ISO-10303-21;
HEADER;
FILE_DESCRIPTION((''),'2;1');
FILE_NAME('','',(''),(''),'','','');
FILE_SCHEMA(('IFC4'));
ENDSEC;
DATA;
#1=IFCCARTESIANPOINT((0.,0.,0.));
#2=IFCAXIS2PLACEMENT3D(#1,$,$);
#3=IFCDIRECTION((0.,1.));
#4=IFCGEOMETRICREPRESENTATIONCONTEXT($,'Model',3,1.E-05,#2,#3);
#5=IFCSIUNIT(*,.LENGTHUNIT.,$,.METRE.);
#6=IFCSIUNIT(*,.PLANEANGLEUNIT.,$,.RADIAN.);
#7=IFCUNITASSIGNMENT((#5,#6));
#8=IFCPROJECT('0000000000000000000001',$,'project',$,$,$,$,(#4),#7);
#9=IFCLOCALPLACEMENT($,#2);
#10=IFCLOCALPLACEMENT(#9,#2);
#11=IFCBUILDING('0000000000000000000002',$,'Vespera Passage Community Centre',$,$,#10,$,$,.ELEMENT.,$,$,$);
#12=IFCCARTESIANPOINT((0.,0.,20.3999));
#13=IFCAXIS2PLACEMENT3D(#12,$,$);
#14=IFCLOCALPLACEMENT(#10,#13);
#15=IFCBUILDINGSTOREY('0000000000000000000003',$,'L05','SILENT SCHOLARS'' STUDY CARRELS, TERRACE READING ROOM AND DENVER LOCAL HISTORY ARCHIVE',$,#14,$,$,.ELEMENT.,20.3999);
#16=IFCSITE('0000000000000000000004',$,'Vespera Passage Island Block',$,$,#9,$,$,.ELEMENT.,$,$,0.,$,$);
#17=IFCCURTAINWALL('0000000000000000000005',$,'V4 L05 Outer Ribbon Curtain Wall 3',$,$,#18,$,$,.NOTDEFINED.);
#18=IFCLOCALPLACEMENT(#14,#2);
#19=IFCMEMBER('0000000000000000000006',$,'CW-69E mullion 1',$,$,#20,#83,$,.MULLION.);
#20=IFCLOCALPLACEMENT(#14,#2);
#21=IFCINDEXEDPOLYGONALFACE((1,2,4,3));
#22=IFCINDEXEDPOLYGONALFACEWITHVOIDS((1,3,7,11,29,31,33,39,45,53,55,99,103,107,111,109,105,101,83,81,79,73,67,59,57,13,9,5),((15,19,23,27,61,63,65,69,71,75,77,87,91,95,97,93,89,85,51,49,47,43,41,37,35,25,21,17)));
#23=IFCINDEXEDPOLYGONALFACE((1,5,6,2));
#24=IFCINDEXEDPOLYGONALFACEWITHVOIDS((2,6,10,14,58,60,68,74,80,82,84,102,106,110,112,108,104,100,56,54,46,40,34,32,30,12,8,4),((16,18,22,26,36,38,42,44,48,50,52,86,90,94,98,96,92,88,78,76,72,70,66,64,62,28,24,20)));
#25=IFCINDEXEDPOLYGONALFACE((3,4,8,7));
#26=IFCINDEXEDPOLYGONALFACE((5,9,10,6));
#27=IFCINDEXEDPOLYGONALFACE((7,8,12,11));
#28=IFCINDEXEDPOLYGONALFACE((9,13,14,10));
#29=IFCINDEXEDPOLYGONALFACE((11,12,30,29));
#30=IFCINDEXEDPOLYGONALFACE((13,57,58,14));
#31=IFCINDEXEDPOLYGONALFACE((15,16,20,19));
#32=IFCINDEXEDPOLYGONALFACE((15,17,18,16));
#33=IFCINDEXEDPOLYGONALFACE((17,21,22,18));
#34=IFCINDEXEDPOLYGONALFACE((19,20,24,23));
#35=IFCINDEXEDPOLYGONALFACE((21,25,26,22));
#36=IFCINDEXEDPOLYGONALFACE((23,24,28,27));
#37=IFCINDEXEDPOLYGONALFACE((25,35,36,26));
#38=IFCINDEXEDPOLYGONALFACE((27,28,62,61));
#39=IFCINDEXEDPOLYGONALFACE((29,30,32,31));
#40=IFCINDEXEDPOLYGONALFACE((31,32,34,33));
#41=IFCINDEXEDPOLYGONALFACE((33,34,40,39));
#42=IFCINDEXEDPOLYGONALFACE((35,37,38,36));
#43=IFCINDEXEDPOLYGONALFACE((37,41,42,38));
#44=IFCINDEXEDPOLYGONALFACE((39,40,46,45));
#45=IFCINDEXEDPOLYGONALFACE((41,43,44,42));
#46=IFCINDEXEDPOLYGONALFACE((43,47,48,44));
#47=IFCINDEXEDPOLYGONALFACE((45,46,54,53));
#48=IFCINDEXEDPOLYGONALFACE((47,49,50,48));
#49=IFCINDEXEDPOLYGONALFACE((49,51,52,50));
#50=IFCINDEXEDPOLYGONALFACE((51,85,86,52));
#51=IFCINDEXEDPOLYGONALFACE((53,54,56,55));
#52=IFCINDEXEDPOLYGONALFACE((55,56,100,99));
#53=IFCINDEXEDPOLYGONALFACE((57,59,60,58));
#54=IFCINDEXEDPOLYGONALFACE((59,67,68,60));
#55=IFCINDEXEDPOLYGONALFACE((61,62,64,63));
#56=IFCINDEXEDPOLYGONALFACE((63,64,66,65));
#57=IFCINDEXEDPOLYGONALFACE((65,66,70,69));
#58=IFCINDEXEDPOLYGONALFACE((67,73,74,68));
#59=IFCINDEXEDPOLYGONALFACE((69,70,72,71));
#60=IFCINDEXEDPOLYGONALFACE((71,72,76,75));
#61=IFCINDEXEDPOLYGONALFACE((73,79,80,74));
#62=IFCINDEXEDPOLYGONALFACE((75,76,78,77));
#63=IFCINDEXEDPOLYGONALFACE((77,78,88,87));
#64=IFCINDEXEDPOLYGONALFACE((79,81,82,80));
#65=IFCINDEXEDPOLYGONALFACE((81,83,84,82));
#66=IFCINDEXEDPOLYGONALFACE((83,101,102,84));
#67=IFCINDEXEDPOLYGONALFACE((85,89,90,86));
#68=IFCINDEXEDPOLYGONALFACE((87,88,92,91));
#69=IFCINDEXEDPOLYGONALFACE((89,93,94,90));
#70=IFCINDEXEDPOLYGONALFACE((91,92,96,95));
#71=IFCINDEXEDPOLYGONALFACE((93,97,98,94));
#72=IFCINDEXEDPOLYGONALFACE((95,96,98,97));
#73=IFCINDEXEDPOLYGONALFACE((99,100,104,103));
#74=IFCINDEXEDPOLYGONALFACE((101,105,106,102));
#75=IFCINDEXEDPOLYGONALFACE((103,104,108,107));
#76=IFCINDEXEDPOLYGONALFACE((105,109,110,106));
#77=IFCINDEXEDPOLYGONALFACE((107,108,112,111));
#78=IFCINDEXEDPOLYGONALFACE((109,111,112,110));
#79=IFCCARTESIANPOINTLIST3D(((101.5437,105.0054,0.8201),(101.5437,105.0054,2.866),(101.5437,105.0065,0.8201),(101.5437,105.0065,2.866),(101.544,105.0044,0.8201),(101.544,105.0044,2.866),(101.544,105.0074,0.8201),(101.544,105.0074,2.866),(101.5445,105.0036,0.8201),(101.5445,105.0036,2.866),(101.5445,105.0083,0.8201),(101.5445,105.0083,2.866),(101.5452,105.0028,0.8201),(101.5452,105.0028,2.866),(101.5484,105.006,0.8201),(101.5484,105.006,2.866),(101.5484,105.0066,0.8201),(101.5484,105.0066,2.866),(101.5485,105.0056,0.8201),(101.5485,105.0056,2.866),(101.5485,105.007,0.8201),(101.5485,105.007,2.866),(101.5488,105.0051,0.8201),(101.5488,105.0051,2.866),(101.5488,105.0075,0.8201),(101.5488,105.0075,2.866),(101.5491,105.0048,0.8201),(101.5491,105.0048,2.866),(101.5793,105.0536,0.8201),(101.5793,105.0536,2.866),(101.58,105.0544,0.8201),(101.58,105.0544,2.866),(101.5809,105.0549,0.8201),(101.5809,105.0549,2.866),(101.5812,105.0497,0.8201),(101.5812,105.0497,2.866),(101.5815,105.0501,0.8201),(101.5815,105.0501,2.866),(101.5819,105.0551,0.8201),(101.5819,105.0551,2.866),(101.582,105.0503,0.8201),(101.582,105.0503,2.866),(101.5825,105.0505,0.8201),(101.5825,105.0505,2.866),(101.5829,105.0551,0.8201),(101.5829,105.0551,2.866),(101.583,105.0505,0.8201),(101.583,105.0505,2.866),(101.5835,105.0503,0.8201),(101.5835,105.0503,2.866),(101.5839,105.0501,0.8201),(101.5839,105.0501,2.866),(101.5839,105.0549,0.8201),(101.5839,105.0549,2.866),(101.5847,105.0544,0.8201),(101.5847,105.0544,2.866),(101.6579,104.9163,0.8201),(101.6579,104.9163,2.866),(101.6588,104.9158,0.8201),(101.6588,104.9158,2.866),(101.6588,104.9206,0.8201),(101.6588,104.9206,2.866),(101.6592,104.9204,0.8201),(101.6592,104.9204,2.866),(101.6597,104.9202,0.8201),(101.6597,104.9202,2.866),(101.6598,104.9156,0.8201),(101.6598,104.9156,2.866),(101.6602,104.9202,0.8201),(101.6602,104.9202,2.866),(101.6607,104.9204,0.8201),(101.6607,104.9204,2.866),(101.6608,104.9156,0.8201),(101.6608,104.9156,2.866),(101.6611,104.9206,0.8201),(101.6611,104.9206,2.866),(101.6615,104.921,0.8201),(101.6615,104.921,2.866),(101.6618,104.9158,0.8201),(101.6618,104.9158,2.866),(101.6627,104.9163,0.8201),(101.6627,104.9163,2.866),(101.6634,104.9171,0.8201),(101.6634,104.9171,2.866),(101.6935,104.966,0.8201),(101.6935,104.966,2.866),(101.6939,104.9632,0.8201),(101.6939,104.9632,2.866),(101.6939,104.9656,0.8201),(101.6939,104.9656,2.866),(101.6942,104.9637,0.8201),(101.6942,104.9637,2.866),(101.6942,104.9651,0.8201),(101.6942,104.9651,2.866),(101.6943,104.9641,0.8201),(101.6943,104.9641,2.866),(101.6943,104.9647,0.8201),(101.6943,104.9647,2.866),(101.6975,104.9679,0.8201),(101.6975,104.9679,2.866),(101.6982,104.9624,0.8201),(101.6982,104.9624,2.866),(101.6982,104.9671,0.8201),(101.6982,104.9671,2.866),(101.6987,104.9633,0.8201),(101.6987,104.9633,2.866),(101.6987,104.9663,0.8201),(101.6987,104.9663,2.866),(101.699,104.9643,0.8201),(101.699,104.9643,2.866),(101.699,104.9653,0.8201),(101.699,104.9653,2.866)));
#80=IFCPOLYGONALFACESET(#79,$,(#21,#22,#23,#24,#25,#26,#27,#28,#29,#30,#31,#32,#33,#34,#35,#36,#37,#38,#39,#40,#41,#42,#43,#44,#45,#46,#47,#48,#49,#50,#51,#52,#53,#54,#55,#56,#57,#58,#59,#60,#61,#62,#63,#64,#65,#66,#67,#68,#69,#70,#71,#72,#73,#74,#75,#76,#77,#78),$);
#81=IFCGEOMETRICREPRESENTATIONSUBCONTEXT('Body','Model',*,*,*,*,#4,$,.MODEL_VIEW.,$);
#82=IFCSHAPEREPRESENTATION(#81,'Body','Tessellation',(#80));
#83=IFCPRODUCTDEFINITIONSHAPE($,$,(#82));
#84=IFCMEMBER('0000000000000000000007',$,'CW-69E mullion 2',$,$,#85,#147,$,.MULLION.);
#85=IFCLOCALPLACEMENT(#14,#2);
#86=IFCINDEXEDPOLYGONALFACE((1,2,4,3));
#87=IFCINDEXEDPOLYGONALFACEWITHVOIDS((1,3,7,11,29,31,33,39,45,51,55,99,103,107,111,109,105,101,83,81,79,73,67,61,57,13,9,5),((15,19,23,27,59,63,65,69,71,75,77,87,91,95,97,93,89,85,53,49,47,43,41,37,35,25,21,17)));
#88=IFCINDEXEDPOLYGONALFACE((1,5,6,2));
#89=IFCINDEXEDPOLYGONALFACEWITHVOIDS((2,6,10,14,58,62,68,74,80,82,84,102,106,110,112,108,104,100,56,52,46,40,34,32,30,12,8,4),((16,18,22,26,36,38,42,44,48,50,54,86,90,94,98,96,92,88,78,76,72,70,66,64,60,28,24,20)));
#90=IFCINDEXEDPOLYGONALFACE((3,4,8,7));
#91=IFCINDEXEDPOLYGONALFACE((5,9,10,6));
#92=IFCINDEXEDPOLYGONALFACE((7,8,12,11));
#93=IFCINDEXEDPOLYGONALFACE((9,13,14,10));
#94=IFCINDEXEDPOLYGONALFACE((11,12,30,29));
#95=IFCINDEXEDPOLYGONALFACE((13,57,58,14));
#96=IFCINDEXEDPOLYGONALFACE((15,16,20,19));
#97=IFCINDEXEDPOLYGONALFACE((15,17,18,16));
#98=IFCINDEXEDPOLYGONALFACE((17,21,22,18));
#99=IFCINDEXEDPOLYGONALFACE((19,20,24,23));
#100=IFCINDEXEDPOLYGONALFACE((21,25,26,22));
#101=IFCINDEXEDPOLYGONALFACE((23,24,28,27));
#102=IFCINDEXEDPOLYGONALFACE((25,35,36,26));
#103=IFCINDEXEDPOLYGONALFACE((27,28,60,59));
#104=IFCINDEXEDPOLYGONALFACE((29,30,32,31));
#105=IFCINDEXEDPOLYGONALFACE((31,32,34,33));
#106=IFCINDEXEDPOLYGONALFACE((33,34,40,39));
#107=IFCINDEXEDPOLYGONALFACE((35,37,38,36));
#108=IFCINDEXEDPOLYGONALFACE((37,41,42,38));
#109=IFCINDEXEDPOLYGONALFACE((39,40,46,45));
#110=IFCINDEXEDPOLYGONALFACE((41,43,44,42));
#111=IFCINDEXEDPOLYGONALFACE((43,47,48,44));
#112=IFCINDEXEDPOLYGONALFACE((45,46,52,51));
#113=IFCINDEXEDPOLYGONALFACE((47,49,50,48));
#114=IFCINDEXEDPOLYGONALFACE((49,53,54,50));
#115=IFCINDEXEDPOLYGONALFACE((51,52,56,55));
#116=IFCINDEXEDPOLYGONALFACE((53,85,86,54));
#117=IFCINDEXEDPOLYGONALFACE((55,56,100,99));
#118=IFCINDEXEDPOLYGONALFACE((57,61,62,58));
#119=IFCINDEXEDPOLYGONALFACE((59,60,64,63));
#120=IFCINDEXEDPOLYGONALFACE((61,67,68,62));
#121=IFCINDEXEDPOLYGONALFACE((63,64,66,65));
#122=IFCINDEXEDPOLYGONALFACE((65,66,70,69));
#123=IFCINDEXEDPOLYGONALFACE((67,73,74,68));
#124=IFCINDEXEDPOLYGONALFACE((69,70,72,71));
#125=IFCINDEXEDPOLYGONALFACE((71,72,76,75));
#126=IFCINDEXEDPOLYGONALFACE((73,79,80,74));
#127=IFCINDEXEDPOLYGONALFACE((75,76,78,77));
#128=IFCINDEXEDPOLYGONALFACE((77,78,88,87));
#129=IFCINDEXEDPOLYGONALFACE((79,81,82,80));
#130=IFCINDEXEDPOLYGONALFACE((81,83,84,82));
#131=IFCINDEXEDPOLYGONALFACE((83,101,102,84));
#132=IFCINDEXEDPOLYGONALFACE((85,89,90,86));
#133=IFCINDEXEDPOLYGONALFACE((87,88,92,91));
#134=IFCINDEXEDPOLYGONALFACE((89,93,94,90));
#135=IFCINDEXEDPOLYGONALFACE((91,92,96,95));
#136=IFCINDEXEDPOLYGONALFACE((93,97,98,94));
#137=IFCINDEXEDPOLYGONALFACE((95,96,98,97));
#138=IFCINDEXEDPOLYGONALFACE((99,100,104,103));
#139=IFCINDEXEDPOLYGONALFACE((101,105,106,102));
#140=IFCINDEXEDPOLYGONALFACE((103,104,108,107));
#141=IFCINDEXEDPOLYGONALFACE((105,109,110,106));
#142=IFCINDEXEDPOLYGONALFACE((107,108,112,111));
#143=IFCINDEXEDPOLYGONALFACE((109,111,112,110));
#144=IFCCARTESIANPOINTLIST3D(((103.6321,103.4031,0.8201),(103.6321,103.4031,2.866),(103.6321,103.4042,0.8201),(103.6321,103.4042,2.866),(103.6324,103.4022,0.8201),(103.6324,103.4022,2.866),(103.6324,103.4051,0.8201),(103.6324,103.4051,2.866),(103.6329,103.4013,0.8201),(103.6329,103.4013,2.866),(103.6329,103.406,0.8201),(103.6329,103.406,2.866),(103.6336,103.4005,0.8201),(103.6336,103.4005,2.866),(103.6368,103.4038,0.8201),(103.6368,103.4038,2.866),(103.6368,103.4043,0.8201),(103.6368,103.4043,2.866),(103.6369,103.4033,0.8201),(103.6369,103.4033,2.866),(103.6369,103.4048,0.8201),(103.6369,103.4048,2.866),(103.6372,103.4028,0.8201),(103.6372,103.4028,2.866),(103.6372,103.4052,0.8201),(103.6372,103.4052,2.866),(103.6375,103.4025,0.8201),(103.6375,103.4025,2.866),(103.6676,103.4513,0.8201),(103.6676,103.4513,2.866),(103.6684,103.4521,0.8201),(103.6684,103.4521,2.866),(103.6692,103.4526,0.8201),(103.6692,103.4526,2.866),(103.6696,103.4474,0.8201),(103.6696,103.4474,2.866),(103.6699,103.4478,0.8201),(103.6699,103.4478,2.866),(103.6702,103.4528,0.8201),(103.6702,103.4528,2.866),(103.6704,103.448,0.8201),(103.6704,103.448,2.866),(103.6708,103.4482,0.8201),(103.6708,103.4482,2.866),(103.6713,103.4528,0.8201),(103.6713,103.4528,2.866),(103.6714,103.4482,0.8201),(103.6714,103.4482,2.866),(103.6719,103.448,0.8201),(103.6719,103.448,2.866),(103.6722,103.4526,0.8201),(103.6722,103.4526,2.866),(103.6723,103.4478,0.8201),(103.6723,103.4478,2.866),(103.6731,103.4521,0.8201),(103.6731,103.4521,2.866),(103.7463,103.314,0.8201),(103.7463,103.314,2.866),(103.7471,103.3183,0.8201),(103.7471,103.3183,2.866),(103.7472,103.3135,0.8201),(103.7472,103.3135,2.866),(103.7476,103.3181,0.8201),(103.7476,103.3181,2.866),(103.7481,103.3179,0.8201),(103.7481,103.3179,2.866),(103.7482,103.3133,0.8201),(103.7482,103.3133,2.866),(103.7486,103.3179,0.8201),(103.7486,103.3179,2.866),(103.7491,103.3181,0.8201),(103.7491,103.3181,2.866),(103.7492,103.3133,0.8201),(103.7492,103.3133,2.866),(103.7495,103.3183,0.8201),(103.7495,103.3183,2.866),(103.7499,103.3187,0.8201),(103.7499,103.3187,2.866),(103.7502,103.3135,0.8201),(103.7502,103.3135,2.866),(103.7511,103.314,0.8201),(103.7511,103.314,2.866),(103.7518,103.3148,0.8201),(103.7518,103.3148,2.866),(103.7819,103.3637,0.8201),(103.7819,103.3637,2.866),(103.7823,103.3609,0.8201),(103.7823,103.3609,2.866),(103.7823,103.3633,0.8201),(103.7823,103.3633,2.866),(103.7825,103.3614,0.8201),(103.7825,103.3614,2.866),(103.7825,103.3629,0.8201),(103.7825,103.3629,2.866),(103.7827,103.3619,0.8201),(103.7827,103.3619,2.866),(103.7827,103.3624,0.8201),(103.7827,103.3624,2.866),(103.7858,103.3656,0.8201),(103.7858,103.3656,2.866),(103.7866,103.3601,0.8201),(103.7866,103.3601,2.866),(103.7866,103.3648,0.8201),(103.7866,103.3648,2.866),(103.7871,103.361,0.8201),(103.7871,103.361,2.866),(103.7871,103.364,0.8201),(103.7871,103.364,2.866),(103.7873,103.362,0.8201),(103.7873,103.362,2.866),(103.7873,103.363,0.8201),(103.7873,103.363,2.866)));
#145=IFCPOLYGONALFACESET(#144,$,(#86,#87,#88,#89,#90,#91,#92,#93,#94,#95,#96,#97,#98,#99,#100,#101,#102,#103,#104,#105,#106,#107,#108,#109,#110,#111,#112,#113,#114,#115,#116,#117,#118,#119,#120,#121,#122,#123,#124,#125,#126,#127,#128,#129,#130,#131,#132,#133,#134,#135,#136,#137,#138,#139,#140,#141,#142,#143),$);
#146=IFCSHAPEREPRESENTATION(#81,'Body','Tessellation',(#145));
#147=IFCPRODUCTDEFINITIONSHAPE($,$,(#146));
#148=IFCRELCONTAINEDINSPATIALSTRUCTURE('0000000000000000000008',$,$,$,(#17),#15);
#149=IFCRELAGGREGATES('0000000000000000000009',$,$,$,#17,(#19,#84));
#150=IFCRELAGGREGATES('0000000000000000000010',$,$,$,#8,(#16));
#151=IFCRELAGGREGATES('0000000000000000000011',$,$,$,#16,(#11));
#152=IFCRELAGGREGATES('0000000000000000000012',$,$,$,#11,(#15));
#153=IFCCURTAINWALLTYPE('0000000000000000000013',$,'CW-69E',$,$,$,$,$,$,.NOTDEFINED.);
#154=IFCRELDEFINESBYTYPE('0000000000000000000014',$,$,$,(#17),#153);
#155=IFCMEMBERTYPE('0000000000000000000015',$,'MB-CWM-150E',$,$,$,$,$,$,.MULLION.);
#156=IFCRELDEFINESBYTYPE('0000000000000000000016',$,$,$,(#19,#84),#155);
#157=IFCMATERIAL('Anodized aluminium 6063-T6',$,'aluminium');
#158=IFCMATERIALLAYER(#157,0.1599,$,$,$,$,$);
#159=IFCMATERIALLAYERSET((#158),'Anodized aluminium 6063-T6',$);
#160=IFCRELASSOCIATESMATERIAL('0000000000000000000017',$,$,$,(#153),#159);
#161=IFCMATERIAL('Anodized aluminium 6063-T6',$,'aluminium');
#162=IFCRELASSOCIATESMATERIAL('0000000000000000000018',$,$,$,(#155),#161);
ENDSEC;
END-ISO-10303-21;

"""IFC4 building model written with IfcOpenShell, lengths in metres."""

from ifc_helpers import new_model, si_unit, direction, frame, origin, origin_2d, place, context, subcontext, project, spatial, hollow_rectangle, extrude, material, layer, layer_set, material_profile, profile_set, type_object, element, aggregate, save


model = new_model("IFC4")

# Units and contexts
model_context = context("Model", 3, precision=1e-05, world=origin(), true_north=direction((0.0, 1.0)))
body_context = subcontext(model_context, "Body", "Model", "MODEL_VIEW")
ifc_project = project(units=[si_unit("LENGTHUNIT", "METRE"), si_unit("PLANEANGLEUNIT", "RADIAN")], contexts=[model_context])

# Site, building, storey
site_placement = place(None, origin())
site = spatial("IfcSite", under=ifc_project, at=site_placement, Name="Vespera Passage Island Block", CompositionType="ELEMENT", RefElevation=0.0)
building_placement = place(site_placement, origin())
building = spatial("IfcBuilding", under=site, at=building_placement, Name="Vespera Passage Community Centre", CompositionType="ELEMENT")
storey_placement = place(building_placement, frame((0.0, 0.0, 20.3999)))
storey = spatial("IfcBuildingStorey", under=building, at=storey_placement, Name="L05", Description="SILENT SCHOLARS' STUDY CARRELS, TERRACE READING ROOM AND DENVER LOCAL HISTORY ARCHIVE", CompositionType="ELEMENT", Elevation=20.3999)

# Curtain wall, members
ifc_material_1 = material(Name="Anodized aluminium 6063-T6", Category="aluminium")
ifc_layer_1 = layer(ifc_material_1, 0.1599)
ifc_layer_set_1 = layer_set([ifc_layer_1], Name="Anodized aluminium 6063-T6")
curtain_wall_type = type_object("IfcCurtainWallType", Name="CW-69E", PredefinedType="NOTDEFINED", material=ifc_layer_set_1)
curtain_wall_placement = place(storey_placement, origin())
curtain_wall = element("IfcCurtainWall", 1, at=curtain_wall_placement, inside=storey, type_object=curtain_wall_type, Name="V4 L05 Outer Ribbon Curtain Wall 3", PredefinedType="NOTDEFINED")
ifc_material_2 = material(Name="Anodized aluminium 6063-T6", Category="aluminium")
ifc_material_profile_1 = material_profile(ifc_material_2, hollow_rectangle(XDim=0.0649, YDim=0.1499, WallThickness=0.0039, InnerFilletRadius=0.002, OuterFilletRadius=0.0039, at=origin_2d()), Name="ALU150X65X4")
ifc_profile_set_1 = profile_set([ifc_material_profile_1], Name="Anodized aluminium 6063-T6")
member_type_1 = type_object("IfcMemberType", Name="MB-CWM-150E", PredefinedType="MULLION", material=ifc_profile_set_1)
member_1_placement = place(storey_placement, frame((101.6213, 104.9854, 0.8201), z_axis=(0.0, 0.0, 1.0), x_axis=(0.608772, 0.793345, 0.0)))
member_1 = element("IfcMember", 2, at=member_1_placement, type_object=member_type_1, Name="CW-69E mullion 1", PredefinedType="MULLION", context=body_context, shape_type="SweptSolid", body=[
    extrude(hollow_rectangle(XDim=0.0649, YDim=0.1499, WallThickness=0.0039, InnerFilletRadius=0.002, OuterFilletRadius=0.0039, at=origin_2d()), origin(), (0.0, 0.0, 1.0), 2.0459),
])
member_2_placement = place(storey_placement, frame((103.7097, 103.3831, 0.8201), z_axis=(0.0, 0.0, 1.0), x_axis=(0.608772, 0.793345, 0.0)))
member_2 = element("IfcMember", 3, at=member_2_placement, type_object=member_type_1, Name="CW-69E mullion 2", PredefinedType="MULLION", context=body_context, shape_type="SweptSolid", body=[
    extrude(hollow_rectangle(XDim=0.0649, YDim=0.1499, WallThickness=0.0039, InnerFilletRadius=0.002, OuterFilletRadius=0.0039, at=origin_2d()), origin(), (0.0, 0.0, 1.0), 2.0459),
])
aggregate(curtain_wall, [member_1, member_2])

save(model, "model.ifc")
